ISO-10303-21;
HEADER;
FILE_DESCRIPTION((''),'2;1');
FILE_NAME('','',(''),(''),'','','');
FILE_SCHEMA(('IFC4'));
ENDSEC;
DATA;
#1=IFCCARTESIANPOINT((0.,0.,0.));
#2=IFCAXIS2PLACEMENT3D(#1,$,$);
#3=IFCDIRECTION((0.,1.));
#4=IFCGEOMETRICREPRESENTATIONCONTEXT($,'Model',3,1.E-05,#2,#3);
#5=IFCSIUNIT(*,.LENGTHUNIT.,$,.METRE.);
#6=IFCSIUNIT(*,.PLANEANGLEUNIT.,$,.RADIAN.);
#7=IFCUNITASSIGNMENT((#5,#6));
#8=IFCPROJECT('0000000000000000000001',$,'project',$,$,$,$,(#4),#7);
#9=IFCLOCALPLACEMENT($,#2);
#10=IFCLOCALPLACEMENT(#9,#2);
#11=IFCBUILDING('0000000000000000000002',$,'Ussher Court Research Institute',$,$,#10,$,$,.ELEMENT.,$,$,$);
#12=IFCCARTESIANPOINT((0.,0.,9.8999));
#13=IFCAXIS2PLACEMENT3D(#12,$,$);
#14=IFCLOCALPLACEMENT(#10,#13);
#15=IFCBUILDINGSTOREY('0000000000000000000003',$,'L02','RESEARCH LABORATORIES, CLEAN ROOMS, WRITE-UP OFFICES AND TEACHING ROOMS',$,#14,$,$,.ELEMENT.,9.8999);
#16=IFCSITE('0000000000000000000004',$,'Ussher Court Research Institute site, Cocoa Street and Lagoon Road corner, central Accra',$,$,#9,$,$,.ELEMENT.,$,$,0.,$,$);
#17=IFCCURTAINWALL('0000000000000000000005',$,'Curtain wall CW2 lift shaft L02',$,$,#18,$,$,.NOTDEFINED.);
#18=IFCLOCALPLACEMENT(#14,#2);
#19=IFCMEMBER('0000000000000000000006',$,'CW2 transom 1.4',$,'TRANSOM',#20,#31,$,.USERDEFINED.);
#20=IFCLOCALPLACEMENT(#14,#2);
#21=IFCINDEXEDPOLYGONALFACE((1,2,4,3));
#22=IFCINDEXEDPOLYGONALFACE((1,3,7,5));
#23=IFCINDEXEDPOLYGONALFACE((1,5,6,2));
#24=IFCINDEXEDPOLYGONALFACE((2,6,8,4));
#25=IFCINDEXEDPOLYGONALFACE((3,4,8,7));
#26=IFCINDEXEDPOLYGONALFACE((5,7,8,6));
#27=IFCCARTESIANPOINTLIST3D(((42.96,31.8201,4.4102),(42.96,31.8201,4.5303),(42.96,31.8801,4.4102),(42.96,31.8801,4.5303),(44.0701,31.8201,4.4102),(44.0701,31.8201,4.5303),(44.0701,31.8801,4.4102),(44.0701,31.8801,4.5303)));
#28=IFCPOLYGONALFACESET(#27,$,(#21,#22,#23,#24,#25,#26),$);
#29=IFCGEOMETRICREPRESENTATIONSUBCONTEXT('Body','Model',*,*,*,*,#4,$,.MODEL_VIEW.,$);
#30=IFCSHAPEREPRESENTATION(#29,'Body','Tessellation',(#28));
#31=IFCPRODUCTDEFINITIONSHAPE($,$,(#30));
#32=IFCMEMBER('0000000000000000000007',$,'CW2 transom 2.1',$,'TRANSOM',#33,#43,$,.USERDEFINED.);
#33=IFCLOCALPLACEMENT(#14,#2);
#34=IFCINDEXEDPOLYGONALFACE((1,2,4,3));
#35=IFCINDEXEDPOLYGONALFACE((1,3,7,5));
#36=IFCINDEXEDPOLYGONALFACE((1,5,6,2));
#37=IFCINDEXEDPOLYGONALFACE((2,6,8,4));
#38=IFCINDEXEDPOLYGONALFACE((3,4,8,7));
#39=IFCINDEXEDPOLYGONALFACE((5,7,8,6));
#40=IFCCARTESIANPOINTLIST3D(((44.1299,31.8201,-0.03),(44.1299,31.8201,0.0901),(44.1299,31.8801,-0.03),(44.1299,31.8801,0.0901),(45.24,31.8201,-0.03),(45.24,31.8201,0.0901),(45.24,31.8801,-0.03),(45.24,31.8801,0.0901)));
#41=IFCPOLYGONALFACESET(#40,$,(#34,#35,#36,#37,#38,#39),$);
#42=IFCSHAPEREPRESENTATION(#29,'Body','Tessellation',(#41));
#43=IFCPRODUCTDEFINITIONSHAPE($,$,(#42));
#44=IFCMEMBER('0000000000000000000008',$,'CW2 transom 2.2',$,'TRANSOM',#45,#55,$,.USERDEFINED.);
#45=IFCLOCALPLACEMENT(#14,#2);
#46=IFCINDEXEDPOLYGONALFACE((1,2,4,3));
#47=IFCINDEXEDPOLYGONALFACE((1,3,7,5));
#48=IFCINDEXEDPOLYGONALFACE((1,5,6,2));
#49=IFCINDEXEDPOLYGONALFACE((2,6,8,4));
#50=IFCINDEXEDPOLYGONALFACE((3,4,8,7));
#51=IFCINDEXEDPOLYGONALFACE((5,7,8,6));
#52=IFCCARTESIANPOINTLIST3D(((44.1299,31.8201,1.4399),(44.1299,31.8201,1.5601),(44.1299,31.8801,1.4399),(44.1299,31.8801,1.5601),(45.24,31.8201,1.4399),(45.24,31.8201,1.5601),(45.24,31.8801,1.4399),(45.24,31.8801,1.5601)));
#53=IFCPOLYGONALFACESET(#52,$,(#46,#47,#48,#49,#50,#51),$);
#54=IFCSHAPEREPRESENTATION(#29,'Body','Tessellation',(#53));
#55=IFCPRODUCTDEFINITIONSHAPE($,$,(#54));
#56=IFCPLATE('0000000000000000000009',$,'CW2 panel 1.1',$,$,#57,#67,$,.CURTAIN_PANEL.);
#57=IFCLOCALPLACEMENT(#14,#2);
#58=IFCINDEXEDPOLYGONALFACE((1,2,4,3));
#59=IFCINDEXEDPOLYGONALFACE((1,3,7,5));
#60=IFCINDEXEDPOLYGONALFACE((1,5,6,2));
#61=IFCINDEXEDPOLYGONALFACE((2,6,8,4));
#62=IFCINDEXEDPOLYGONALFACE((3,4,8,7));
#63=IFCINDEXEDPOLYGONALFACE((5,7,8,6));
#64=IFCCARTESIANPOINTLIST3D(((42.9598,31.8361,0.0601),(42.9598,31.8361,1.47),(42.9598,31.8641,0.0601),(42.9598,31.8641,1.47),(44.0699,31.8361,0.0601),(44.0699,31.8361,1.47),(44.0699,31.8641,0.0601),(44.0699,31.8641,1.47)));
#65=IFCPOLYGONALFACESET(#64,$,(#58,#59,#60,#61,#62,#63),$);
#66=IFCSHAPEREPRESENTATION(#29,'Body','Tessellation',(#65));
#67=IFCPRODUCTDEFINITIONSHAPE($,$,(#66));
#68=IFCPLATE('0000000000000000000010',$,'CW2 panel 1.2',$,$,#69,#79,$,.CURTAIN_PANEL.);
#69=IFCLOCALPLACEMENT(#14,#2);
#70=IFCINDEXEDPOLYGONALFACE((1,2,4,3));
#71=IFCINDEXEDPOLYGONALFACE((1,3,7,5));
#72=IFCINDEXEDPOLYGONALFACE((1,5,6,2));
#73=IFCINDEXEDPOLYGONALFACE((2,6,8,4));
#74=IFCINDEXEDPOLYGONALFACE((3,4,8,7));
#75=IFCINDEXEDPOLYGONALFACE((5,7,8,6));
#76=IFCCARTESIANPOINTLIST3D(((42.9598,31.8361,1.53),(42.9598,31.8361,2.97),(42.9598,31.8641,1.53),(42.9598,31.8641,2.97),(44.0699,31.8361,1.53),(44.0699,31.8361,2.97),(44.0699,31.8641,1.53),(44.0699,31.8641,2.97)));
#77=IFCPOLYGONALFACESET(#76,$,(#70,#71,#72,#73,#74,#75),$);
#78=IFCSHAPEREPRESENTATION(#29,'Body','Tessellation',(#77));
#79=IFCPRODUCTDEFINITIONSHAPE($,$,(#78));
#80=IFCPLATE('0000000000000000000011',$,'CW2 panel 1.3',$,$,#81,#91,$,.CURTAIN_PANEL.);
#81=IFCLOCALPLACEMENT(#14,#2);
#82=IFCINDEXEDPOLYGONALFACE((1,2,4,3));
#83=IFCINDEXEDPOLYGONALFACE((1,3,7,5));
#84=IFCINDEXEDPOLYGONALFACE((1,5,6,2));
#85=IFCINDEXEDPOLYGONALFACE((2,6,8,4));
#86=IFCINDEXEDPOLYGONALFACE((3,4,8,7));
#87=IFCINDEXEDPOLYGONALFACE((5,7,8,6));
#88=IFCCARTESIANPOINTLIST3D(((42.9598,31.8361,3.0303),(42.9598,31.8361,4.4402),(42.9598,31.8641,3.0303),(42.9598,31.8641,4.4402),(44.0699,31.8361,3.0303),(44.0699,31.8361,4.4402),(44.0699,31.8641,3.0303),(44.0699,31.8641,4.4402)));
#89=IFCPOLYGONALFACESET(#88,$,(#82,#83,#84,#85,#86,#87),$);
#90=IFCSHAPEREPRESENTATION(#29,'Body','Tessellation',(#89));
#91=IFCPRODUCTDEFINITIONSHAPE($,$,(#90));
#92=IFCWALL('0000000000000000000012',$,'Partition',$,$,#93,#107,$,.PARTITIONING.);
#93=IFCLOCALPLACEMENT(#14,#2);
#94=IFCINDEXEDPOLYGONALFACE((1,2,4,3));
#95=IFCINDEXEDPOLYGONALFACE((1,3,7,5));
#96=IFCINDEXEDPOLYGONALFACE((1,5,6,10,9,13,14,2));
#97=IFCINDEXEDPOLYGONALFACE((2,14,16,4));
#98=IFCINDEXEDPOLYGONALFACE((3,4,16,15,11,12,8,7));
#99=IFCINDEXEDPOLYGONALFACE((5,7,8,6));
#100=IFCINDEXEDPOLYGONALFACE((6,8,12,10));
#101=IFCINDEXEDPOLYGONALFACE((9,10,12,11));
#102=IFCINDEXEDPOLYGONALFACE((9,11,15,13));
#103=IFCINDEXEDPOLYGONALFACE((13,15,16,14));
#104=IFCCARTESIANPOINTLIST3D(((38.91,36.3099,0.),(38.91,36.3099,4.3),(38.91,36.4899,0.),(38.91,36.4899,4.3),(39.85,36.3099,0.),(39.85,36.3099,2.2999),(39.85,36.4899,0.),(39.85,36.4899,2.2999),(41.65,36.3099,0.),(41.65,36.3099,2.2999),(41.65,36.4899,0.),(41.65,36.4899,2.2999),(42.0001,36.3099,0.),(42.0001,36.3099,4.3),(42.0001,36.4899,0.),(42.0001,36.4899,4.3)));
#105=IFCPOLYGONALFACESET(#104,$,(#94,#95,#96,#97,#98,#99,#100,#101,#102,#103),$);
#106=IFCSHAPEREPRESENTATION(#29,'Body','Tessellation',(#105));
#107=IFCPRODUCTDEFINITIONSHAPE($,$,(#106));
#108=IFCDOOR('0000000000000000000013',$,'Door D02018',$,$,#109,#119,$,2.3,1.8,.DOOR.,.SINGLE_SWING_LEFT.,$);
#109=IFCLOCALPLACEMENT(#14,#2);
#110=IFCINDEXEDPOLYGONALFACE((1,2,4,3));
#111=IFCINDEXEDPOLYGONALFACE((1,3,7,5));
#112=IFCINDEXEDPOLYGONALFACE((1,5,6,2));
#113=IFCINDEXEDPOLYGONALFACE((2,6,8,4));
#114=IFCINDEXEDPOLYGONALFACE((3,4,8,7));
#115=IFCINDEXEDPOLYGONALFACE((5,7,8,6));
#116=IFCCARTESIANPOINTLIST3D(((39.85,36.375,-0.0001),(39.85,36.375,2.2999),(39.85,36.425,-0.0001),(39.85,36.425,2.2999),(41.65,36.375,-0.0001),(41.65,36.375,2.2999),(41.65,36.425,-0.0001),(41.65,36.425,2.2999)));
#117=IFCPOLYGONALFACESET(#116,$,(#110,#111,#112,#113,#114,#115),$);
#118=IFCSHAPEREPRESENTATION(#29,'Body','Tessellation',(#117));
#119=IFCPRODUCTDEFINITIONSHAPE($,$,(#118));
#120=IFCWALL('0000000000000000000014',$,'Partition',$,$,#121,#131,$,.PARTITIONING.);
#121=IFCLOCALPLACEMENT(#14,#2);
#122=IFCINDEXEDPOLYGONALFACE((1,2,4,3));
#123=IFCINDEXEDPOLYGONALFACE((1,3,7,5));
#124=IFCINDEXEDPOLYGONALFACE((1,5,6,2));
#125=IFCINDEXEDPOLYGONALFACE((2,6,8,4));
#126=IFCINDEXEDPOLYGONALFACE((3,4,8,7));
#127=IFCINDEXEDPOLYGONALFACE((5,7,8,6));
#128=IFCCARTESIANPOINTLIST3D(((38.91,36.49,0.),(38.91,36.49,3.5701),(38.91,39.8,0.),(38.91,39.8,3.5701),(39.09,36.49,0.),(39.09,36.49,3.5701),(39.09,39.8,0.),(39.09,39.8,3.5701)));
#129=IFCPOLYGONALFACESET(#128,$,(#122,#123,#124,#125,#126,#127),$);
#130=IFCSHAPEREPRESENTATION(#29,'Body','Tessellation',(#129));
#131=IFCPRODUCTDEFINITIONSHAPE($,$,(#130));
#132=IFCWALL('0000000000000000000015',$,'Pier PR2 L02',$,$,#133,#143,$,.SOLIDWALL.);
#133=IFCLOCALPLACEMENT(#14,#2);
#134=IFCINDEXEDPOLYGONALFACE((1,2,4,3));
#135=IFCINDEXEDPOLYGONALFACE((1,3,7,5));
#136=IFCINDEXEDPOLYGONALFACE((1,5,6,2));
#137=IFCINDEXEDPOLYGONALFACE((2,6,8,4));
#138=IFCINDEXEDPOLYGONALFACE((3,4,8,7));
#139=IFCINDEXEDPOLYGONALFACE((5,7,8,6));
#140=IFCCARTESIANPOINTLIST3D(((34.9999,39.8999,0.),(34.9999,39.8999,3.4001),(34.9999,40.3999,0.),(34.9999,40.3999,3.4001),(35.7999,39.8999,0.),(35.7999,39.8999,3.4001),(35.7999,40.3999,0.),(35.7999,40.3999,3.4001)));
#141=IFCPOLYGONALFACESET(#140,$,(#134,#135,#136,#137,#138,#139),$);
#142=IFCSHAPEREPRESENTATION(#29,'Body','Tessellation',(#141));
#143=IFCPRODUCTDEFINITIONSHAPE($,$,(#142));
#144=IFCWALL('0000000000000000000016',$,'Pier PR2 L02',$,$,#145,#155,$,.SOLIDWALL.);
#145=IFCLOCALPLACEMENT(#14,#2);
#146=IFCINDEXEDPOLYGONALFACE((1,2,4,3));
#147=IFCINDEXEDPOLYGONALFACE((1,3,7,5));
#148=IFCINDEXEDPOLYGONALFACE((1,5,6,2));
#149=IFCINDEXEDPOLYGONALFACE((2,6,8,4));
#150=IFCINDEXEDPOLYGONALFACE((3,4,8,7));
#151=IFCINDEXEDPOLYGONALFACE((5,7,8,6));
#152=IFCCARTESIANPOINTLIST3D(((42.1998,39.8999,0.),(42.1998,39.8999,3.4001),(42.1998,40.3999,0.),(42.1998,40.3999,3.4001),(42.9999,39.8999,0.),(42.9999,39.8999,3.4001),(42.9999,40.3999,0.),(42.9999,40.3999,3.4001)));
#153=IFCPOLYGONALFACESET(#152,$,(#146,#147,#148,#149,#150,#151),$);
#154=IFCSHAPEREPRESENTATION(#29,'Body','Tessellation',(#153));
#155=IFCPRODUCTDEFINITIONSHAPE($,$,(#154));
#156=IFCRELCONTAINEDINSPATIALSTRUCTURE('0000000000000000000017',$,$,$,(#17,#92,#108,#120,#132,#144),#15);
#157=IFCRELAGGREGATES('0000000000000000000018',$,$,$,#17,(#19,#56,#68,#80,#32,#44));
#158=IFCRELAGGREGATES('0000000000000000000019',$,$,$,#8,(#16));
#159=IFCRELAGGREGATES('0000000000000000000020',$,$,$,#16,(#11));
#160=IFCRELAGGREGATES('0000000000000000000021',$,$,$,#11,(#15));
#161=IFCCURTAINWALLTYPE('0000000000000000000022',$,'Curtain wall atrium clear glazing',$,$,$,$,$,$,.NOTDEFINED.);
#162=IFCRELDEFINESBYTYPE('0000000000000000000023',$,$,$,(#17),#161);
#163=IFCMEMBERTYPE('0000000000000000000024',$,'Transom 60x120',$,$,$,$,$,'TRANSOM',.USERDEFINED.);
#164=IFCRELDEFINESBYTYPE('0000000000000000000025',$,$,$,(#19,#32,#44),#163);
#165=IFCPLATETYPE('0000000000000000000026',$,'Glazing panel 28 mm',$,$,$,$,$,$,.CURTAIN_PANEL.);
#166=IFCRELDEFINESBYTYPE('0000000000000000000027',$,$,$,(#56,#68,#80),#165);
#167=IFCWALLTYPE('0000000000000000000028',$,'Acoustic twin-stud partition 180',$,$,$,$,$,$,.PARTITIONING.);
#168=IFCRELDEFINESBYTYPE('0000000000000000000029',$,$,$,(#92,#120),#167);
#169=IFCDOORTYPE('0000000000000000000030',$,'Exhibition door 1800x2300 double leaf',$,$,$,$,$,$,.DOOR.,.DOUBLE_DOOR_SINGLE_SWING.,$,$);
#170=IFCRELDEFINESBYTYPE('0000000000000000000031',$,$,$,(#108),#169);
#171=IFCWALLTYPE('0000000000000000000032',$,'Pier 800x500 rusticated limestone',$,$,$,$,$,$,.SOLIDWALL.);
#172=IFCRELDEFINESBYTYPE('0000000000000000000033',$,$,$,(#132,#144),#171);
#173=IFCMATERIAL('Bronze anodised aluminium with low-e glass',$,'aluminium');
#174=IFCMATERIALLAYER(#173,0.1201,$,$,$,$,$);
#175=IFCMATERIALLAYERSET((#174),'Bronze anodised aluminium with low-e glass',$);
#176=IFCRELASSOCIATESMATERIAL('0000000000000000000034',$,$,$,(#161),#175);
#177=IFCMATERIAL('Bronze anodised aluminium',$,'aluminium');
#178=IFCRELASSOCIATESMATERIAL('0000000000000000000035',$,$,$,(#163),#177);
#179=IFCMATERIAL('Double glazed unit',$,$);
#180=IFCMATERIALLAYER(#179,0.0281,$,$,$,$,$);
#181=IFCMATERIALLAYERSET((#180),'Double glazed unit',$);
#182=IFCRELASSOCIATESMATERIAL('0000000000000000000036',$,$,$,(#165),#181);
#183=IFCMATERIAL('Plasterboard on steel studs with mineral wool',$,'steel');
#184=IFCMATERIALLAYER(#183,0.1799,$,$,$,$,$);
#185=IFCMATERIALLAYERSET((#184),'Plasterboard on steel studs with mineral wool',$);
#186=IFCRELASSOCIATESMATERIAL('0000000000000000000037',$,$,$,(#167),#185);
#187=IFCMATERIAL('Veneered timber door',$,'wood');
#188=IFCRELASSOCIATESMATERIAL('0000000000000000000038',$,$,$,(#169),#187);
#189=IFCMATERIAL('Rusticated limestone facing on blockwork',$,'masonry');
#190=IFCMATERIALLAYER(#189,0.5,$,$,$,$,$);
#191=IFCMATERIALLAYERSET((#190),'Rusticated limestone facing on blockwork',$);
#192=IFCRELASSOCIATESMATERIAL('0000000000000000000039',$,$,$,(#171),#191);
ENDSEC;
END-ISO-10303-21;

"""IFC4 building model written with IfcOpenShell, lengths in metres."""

from ifc_helpers import new_model, si_unit, direction, frame, frame_2d, origin, origin_2d, place, context, subcontext, project, spatial, rectangle, extrude, material, layer, layer_set, material_profile, profile_set, type_object, element, fill, aggregate, save


model = new_model("IFC4")

# Units and contexts
model_context = context("Model", 3, precision=1e-05, world=origin(), true_north=direction((0.0, 1.0)))
body_context = subcontext(model_context, "Body", "Model", "MODEL_VIEW")
ifc_project = project(units=[si_unit("LENGTHUNIT", "METRE"), si_unit("PLANEANGLEUNIT", "RADIAN")], contexts=[model_context])

# Site, building, storey
site_placement = place(None, origin())
site = spatial("IfcSite", under=ifc_project, at=site_placement, Name="Ussher Court Research Institute site, Cocoa Street and Lagoon Road corner, central Accra", CompositionType="ELEMENT", RefElevation=0.0)
building_placement = place(site_placement, origin())
building = spatial("IfcBuilding", under=site, at=building_placement, Name="Ussher Court Research Institute", CompositionType="ELEMENT")
storey_placement = place(building_placement, frame((0.0, 0.0, 9.8999)))
storey = spatial("IfcBuildingStorey", under=building, at=storey_placement, Name="L02", Description="RESEARCH LABORATORIES, CLEAN ROOMS, WRITE-UP OFFICES AND TEACHING ROOMS", CompositionType="ELEMENT", Elevation=9.8999)

# Curtain wall
ifc_material_1 = material(Name="Bronze anodised aluminium with low-e glass", Category="aluminium")
ifc_layer_1 = layer(ifc_material_1, 0.1201)
ifc_layer_set_1 = layer_set([ifc_layer_1], Name="Bronze anodised aluminium with low-e glass")
curtain_wall_type = type_object("IfcCurtainWallType", Name="Curtain wall atrium clear glazing", PredefinedType="NOTDEFINED", material=ifc_layer_set_1)
curtain_wall_placement = place(storey_placement, origin())
curtain_wall = element("IfcCurtainWall", 1, at=curtain_wall_placement, inside=storey, type_object=curtain_wall_type, Name="Curtain wall CW2 lift shaft L02", PredefinedType="NOTDEFINED")

# Members
ifc_material_2 = material(Name="Bronze anodised aluminium", Category="aluminium")
ifc_material_profile_1 = material_profile(ifc_material_2, rectangle(XDim=0.0601, YDim=0.1201, at=origin_2d()), Name="Transom 60x120")
ifc_profile_set_1 = profile_set([ifc_material_profile_1], Name="Bronze anodised aluminium")
member_type_1 = type_object("IfcMemberType", Name="Transom 60x120", ElementType="TRANSOM", PredefinedType="USERDEFINED", material=ifc_profile_set_1)
member_1_placement = place(storey_placement, frame((42.96, 31.8501, 4.4702), z_axis=(1.0, 0.0, 0.0), x_axis=(0.0, 1.0, 0.0)))
member_1 = element("IfcMember", 2, at=member_1_placement, type_object=member_type_1, Name="CW2 transom 1.4", ObjectType="TRANSOM", PredefinedType="USERDEFINED", context=body_context, shape_type="SweptSolid", body=[
    extrude(rectangle(XDim=0.0601, YDim=0.1201, at=origin_2d()), origin(), (0.0, 0.0, 1.0), 1.1101),
])
member_2_placement = place(storey_placement, frame((44.1299, 31.8501, 0.03), z_axis=(1.0, 0.0, 0.0), x_axis=(0.0, 1.0, 0.0)))
member_2 = element("IfcMember", 3, at=member_2_placement, type_object=member_type_1, Name="CW2 transom 2.1", ObjectType="TRANSOM", PredefinedType="USERDEFINED", context=body_context, shape_type="SweptSolid", body=[
    extrude(rectangle(XDim=0.0601, YDim=0.1201, at=origin_2d()), origin(), (0.0, 0.0, 1.0), 1.1101),
])
member_3_placement = place(storey_placement, frame((44.1299, 31.8501, 1.5), z_axis=(1.0, 0.0, 0.0), x_axis=(0.0, 1.0, 0.0)))
member_3 = element("IfcMember", 4, at=member_3_placement, type_object=member_type_1, Name="CW2 transom 2.2", ObjectType="TRANSOM", PredefinedType="USERDEFINED", context=body_context, shape_type="SweptSolid", body=[
    extrude(rectangle(XDim=0.0601, YDim=0.1201, at=origin_2d()), origin(), (0.0, 0.0, 1.0), 1.1101),
])

# Plates
ifc_material_3 = material(Name="Double glazed unit")
ifc_layer_2 = layer(ifc_material_3, 0.0281)
ifc_layer_set_2 = layer_set([ifc_layer_2], Name="Double glazed unit")
plate_type = type_object("IfcPlateType", Name="Glazing panel 28 mm", PredefinedType="CURTAIN_PANEL", material=ifc_layer_set_2)
plate_1_placement = place(storey_placement, frame((43.5149, 31.8501, 0.0601), z_axis=(0.0, 0.0, 1.0), x_axis=(1.0, 0.0, 0.0)))
plate_1 = element("IfcPlate", 5, at=plate_1_placement, type_object=plate_type, Name="CW2 panel 1.1", PredefinedType="CURTAIN_PANEL", context=body_context, shape_type="SweptSolid", body=[
    extrude(rectangle(XDim=1.1101, YDim=0.0281, at=origin_2d()), origin(), (0.0, 0.0, 1.0), 1.4099),
])
plate_2_placement = place(storey_placement, frame((43.5149, 31.8501, 1.53), z_axis=(0.0, 0.0, 1.0), x_axis=(1.0, 0.0, 0.0)))
plate_2 = element("IfcPlate", 6, at=plate_2_placement, type_object=plate_type, Name="CW2 panel 1.2", PredefinedType="CURTAIN_PANEL", context=body_context, shape_type="SweptSolid", body=[
    extrude(rectangle(XDim=1.1101, YDim=0.0281, at=origin_2d()), origin(), (0.0, 0.0, 1.0), 1.4399),
])
plate_3_placement = place(storey_placement, frame((43.5149, 31.8501, 3.0303), z_axis=(0.0, 0.0, 1.0), x_axis=(1.0, 0.0, 0.0)))
plate_3 = element("IfcPlate", 7, at=plate_3_placement, type_object=plate_type, Name="CW2 panel 1.3", PredefinedType="CURTAIN_PANEL", context=body_context, shape_type="SweptSolid", body=[
    extrude(rectangle(XDim=1.1101, YDim=0.0281, at=origin_2d()), origin(), (0.0, 0.0, 1.0), 1.4099),
])
aggregate(curtain_wall, [member_1, plate_1, plate_2, plate_3, member_2, member_3])

# Wall, opening, door
ifc_material_4 = material(Name="Plasterboard on steel studs with mineral wool", Category="steel")
ifc_layer_3 = layer(ifc_material_4, 0.1799)
ifc_layer_set_3 = layer_set([ifc_layer_3], Name="Plasterboard on steel studs with mineral wool")
wall_type_1 = type_object("IfcWallType", Name="Acoustic twin-stud partition 180", PredefinedType="PARTITIONING", material=ifc_layer_set_3)
wall_1_placement = place(storey_placement, frame((42.0, 36.3999, 0.0), z_axis=(0.0, 0.0, 1.0), x_axis=(-1.0, 0.0, 0.0)))
wall_1 = element("IfcWall", 8, at=wall_1_placement, inside=storey, type_object=wall_type_1, Name="Partition", PredefinedType="PARTITIONING", context=body_context, shape_type="SweptSolid", body=[
    extrude(rectangle(XDim=3.0901, YDim=0.1799, at=frame_2d((1.5449, 0.0))), origin(), (0.0, 0.0, 1.0), 4.3),
])
opening_1_placement = place(wall_1_placement, frame((0.3501, 0.0, 0.0)))
opening_1 = element("IfcOpeningElement", 9, at=opening_1_placement, cuts=wall_1, PredefinedType="OPENING", context=body_context, shape_type="SweptSolid", body=[
    extrude(rectangle(XDim=1.8, YDim=2.3, at=frame_2d((0.8999, 1.1499))), frame((0.0, 0.1001, 0.0), z_axis=(0.0, -1.0, 0.0), x_axis=(1.0, 0.0, 0.0)), (0.0, 0.0, 1.0), 0.2),
])
ifc_material_5 = material(Name="Veneered timber door", Category="wood")
door_type_1 = type_object("IfcDoorType", Name="Exhibition door 1800x2300 double leaf", OperationType="DOUBLE_DOOR_SINGLE_SWING", PredefinedType="DOOR", material=ifc_material_5)
door_1_placement = place(opening_1_placement, origin())
door_1 = element("IfcDoor", 10, at=door_1_placement, inside=storey, type_object=door_type_1, Name="Door D02018", OperationType="SINGLE_SWING_LEFT", OverallHeight=2.3, OverallWidth=1.8, PredefinedType="DOOR", context=body_context, shape_type="SweptSolid", body=[
    extrude(rectangle(XDim=1.8, YDim=2.3, at=frame_2d((0.8999, 1.1499))), frame((0.0, 0.0249, 0.0), z_axis=(0.0, -1.0, 0.0), x_axis=(1.0, 0.0, 0.0)), (0.0, 0.0, 1.0), 0.05),
])
fill(opening_1, door_1)

# Walls
wall_2_placement = place(storey_placement, frame((39.0, 36.49, 0.0), z_axis=(0.0, 0.0, 1.0), x_axis=(0.0, 1.0, 0.0)))
element("IfcWall", 11, at=wall_2_placement, inside=storey, type_object=wall_type_1, Name="Partition", PredefinedType="PARTITIONING", context=body_context, shape_type="SweptSolid", body=[
    extrude(rectangle(XDim=3.3101, YDim=0.1799, at=frame_2d((1.655, 0.0))), origin(), (0.0, 0.0, 1.0), 3.5701),
])
ifc_material_6 = material(Name="Rusticated limestone facing on blockwork", Category="masonry")
ifc_layer_4 = layer(ifc_material_6, 0.5)
ifc_layer_set_4 = layer_set([ifc_layer_4], Name="Rusticated limestone facing on blockwork")
wall_type_2 = type_object("IfcWallType", Name="Pier 800x500 rusticated limestone", PredefinedType="SOLIDWALL", material=ifc_layer_set_4)
for number, where, z_axis, x_axis, name in (
    (12, (35.0, 40.1499, 0.0), (0.0, 0.0, 1.0), (1.0, 0.0, 0.0), "Pier PR2 L02"),
    (13, (42.2, 40.1499, 0.0), (0.0, 0.0, 1.0), (1.0, 0.0, 0.0), "Pier PR2 L02"),
):
    element("IfcWall", number, at=place(storey_placement, frame(where, z_axis=z_axis, x_axis=x_axis)), inside=storey, type_object=wall_type_2, Name=name, PredefinedType="SOLIDWALL", context=body_context, shape_type="SweptSolid", body=[
        extrude(rectangle(XDim=0.8, YDim=0.5, at=frame_2d((0.3999, 0.0))), origin(), (0.0, 0.0, 1.0), 3.4001),
    ])

save(model, "model.ifc")
